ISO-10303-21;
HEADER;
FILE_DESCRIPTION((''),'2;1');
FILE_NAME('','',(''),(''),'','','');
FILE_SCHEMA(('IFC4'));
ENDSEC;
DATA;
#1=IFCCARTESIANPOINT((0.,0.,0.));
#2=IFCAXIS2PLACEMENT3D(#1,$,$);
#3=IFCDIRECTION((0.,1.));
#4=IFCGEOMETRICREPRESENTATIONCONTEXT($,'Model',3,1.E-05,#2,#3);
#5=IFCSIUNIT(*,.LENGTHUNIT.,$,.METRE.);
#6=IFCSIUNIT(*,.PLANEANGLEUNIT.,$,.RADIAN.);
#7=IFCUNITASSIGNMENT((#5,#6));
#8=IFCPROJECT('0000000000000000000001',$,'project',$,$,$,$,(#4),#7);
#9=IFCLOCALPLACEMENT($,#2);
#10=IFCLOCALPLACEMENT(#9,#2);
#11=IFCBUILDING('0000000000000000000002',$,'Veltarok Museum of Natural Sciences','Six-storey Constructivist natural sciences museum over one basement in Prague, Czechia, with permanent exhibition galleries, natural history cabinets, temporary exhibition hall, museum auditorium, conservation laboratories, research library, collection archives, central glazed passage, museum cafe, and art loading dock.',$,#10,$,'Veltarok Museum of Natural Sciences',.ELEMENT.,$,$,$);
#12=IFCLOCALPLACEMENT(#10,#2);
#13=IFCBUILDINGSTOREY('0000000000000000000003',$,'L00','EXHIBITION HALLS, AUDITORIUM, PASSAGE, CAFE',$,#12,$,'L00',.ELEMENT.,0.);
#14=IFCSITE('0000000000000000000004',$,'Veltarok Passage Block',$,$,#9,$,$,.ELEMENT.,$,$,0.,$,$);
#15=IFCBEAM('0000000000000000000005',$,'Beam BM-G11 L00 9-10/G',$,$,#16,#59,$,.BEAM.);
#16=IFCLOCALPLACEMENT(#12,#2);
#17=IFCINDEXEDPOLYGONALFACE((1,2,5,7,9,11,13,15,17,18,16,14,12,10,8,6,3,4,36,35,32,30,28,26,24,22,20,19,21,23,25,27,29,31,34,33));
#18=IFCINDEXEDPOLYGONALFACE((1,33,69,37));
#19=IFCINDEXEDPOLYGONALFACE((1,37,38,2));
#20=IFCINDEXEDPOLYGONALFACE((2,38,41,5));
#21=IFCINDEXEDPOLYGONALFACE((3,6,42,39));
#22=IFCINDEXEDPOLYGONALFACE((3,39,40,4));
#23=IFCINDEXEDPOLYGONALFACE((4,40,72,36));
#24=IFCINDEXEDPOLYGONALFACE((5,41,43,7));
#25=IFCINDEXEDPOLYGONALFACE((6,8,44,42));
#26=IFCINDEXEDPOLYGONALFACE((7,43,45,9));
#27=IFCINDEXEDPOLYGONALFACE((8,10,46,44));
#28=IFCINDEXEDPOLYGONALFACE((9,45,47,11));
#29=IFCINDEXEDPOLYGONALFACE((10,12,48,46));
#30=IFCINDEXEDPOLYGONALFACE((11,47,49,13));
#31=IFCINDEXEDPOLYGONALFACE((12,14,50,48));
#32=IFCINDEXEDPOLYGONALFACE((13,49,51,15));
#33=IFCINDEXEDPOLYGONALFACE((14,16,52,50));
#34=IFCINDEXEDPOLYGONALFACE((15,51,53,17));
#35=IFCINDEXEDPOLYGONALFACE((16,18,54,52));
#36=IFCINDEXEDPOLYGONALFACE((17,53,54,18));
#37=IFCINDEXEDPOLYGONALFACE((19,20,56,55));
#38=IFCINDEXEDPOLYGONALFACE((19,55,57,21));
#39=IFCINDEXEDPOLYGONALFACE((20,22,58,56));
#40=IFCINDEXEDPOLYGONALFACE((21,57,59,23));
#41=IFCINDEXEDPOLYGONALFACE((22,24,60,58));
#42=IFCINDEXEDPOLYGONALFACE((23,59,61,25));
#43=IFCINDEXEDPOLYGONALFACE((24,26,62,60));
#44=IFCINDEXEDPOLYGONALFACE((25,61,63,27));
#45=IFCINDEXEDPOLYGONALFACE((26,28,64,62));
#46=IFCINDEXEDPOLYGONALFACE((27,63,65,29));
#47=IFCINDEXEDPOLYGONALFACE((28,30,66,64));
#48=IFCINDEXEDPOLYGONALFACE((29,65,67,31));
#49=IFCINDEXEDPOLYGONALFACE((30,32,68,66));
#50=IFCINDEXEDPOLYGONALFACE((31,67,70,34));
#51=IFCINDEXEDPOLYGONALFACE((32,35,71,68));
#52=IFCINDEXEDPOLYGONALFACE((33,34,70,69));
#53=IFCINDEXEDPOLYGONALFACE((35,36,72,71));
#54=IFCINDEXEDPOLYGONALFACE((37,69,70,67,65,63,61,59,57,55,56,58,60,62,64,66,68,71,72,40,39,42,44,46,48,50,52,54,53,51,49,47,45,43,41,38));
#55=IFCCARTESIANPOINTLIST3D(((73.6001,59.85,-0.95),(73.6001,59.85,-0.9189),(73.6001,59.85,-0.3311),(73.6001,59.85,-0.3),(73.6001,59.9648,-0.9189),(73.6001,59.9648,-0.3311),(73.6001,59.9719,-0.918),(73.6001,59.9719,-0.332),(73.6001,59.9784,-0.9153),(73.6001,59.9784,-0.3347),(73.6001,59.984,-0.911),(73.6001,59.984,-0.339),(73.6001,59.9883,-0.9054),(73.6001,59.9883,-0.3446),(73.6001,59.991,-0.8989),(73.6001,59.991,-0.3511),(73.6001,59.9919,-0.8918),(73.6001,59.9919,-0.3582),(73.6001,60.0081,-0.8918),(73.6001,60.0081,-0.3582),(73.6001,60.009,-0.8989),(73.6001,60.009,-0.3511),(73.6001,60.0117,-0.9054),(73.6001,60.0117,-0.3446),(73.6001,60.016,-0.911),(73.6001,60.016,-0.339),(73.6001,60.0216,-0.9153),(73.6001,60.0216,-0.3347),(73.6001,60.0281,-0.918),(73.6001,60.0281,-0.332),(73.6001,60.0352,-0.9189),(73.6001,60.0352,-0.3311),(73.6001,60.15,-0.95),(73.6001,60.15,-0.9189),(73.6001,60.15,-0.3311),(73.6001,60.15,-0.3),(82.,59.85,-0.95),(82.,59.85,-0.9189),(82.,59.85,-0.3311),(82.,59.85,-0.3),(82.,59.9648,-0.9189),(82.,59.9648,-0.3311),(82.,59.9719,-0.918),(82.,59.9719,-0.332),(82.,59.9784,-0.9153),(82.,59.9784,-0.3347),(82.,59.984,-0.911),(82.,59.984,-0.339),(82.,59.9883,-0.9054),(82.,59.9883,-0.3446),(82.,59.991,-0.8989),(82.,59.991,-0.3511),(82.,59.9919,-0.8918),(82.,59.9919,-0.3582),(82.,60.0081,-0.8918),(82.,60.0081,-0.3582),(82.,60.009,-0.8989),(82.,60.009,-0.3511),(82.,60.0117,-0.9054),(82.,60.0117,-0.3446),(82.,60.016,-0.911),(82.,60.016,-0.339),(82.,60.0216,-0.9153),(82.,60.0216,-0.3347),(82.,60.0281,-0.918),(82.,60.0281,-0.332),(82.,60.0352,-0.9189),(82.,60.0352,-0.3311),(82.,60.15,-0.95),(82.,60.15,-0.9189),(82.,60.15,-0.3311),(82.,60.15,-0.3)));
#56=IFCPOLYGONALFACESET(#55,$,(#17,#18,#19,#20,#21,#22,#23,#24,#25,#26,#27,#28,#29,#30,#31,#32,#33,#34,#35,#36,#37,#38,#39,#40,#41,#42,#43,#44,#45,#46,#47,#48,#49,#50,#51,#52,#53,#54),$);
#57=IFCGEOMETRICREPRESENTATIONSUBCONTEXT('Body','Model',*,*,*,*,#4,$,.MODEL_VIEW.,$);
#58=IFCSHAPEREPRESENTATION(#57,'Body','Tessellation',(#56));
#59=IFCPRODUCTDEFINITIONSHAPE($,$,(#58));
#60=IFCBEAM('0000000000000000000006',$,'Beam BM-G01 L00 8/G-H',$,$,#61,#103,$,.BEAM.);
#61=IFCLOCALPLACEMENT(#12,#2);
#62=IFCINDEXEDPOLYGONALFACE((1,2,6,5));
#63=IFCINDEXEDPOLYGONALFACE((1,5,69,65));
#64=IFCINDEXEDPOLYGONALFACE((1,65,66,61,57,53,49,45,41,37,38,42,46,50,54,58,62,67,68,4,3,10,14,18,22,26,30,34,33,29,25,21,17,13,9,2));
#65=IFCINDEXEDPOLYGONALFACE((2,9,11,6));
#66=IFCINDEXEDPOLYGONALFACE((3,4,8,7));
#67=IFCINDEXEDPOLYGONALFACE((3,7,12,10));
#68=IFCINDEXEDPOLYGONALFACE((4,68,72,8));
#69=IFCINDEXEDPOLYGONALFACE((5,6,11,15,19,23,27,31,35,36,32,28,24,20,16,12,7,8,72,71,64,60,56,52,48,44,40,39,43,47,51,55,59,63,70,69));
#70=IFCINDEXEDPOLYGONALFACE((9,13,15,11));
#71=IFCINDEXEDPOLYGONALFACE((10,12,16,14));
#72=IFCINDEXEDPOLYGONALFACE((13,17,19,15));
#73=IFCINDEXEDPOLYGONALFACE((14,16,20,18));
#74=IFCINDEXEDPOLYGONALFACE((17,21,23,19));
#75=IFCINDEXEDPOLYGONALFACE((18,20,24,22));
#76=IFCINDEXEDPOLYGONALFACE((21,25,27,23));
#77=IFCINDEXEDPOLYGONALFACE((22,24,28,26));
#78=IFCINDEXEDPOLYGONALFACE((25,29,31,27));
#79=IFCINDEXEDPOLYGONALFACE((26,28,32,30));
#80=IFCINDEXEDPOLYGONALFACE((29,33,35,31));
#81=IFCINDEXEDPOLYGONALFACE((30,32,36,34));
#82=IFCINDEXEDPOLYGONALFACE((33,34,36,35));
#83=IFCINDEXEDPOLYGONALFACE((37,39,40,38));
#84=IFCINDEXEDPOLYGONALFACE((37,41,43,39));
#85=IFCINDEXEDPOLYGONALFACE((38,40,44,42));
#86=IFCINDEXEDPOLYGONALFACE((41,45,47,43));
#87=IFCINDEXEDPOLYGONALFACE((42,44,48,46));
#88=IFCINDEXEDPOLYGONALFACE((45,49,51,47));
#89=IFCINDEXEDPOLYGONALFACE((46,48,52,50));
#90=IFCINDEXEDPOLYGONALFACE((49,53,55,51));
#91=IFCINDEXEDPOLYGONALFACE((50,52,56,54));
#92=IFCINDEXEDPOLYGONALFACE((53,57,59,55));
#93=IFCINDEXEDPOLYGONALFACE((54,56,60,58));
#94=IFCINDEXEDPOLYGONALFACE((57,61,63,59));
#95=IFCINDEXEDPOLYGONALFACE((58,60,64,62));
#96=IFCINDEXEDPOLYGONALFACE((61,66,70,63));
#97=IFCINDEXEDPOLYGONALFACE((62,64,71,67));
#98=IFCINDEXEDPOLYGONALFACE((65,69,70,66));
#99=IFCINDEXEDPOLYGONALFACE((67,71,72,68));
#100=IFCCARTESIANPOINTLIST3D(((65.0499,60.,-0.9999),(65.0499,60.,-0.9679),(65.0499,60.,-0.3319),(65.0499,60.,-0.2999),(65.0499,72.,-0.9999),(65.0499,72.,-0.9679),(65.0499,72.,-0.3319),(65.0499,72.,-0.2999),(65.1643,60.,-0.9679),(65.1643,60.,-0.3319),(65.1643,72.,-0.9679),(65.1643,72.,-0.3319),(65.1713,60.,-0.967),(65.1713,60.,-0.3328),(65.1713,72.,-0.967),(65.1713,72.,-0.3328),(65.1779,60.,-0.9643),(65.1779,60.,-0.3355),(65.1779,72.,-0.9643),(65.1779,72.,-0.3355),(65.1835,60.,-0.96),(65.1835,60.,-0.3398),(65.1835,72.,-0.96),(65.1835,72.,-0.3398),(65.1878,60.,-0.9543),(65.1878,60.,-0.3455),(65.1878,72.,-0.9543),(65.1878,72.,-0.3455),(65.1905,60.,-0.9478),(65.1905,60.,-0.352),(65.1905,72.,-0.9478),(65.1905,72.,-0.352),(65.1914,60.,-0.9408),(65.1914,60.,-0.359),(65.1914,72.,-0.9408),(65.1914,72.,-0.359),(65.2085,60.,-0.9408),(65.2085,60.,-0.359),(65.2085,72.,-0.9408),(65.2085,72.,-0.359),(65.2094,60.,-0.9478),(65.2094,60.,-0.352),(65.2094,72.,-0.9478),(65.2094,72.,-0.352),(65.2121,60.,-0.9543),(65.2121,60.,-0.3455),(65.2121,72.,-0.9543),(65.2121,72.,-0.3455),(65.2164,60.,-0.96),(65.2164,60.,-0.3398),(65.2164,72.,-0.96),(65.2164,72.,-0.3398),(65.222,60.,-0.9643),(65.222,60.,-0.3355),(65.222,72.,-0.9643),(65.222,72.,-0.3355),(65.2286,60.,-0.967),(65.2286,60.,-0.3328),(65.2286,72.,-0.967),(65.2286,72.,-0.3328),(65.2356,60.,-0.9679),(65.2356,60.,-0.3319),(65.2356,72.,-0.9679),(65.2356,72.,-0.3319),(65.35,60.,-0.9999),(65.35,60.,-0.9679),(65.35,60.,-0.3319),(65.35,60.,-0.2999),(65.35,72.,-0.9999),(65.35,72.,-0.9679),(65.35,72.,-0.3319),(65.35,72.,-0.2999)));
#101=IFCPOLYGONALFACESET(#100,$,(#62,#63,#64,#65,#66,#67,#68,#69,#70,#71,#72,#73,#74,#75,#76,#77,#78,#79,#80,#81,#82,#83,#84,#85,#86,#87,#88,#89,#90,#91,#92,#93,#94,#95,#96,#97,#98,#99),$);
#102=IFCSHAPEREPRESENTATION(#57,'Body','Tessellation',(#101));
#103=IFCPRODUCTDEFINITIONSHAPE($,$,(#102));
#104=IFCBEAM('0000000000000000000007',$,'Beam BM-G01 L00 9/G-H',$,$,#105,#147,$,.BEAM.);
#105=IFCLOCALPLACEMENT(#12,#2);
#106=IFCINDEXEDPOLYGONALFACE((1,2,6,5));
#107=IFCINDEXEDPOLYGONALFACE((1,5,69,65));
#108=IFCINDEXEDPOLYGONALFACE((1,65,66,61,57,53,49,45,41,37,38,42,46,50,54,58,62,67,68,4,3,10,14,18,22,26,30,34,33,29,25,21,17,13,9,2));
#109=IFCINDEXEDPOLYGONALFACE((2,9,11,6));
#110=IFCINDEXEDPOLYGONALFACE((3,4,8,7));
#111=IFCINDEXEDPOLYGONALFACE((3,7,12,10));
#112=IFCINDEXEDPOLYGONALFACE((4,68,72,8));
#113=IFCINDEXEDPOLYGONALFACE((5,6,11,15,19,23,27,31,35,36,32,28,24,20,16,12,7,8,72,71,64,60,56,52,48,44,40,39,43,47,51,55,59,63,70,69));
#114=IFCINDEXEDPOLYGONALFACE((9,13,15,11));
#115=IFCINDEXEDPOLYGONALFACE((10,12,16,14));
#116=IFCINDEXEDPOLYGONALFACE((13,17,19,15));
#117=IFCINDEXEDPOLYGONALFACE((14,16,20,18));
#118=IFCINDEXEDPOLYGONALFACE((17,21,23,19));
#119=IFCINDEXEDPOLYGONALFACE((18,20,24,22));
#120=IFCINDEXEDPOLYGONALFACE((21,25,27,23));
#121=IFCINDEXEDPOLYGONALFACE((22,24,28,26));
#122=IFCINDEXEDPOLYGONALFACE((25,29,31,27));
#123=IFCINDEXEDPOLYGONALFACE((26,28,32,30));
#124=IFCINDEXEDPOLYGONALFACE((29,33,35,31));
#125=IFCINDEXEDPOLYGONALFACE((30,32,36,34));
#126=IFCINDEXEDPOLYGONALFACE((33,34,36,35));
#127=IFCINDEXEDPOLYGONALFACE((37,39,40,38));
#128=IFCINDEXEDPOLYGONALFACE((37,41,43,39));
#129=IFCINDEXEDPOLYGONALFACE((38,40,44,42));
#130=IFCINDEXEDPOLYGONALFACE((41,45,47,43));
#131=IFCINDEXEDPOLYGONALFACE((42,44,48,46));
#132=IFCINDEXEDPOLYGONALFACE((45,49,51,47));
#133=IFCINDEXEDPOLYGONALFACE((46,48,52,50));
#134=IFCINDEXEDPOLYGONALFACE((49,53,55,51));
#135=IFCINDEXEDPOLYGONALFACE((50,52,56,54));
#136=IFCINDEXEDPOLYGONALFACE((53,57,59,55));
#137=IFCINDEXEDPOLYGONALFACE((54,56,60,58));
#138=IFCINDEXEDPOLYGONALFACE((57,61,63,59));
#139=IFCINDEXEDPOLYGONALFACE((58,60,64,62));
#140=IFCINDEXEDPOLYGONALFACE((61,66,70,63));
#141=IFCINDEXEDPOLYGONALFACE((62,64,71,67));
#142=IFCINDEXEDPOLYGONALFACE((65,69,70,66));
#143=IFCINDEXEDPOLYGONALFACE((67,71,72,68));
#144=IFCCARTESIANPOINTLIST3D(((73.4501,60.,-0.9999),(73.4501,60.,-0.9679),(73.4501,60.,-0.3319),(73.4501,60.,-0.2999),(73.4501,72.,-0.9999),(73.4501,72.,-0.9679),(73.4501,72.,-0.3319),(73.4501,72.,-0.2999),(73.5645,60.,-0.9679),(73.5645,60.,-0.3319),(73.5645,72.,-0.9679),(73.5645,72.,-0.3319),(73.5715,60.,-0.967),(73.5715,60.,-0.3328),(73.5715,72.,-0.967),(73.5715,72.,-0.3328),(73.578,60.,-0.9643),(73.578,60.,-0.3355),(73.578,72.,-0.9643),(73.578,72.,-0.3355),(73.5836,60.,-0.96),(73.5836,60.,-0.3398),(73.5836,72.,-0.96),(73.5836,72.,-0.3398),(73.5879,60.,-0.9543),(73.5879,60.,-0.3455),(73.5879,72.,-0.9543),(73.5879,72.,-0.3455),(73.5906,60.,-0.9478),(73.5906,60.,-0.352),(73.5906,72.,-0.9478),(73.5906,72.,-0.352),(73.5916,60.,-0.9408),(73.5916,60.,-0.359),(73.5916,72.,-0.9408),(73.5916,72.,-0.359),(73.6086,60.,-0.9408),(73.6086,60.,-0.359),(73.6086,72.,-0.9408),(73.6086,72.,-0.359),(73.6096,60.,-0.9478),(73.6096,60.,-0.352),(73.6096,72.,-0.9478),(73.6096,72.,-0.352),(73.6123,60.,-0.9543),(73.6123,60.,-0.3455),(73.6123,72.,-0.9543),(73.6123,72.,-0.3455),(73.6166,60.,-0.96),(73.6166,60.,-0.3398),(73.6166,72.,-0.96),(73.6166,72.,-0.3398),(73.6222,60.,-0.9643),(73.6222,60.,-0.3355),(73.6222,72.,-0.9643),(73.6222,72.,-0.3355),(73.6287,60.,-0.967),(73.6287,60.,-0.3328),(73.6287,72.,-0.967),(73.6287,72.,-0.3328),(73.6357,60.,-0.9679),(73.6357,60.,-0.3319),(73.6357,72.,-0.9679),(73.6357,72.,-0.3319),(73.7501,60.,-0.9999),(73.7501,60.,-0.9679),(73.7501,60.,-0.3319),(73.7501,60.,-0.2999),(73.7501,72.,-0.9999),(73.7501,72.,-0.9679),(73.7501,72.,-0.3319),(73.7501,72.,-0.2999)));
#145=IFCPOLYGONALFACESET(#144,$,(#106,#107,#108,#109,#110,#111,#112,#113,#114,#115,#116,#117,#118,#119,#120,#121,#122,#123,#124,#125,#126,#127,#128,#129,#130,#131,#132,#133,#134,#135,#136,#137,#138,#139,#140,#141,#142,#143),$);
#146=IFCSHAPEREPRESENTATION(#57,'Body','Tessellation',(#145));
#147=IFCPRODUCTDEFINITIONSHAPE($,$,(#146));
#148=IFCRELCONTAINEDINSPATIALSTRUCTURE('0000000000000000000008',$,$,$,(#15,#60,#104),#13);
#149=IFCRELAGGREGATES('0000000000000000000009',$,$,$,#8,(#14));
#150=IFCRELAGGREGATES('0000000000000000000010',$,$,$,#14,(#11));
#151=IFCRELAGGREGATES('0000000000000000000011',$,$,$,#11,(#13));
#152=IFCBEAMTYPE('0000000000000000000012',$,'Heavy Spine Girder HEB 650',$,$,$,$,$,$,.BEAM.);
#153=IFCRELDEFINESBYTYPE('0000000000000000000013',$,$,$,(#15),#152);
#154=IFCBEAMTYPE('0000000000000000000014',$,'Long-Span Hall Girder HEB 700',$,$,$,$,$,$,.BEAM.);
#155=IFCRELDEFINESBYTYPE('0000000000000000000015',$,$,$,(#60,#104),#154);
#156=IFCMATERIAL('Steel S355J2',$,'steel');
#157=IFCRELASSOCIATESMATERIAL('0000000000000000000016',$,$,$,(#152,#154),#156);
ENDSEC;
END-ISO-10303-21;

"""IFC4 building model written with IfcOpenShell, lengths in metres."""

from ifc_helpers import new_model, si_unit, direction, frame, origin, origin_2d, place, context, subcontext, project, spatial, i_section, extrude, material, material_profile, profile_set, type_object, element, save


model = new_model("IFC4")

# Units and contexts
model_context = context("Model", 3, precision=1e-05, world=origin(), true_north=direction((0.0, 1.0)))
body_context = subcontext(model_context, "Body", "Model", "MODEL_VIEW")
ifc_project = project(units=[si_unit("LENGTHUNIT", "METRE"), si_unit("PLANEANGLEUNIT", "RADIAN")], contexts=[model_context])

# Site, building, storey
site_placement = place(None, origin())
site = spatial("IfcSite", under=ifc_project, at=site_placement, Name="Veltarok Passage Block", CompositionType="ELEMENT", RefElevation=0.0)
building_placement = place(site_placement, origin())
building = spatial("IfcBuilding", under=site, at=building_placement, Name="Veltarok Museum of Natural Sciences", Description="Six-storey Constructivist natural sciences museum over one basement in Prague, Czechia, with permanent exhibition galleries, natural history cabinets, temporary exhibition hall, museum auditorium, conservation laboratories, research library, collection archives, central glazed passage, museum cafe, and art loading dock.", LongName="Veltarok Museum of Natural Sciences", CompositionType="ELEMENT")
storey_placement = place(building_placement, origin())
storey = spatial("IfcBuildingStorey", under=building, at=storey_placement, Name="L00", Description="EXHIBITION HALLS, AUDITORIUM, PASSAGE, CAFE", LongName="L00", CompositionType="ELEMENT", Elevation=0.0)

# Shared definitions
ifc_material_1 = material(Name="Steel S355J2", Category="steel")

# Beams
ifc_material_profile_1 = material_profile(ifc_material_1, i_section(OverallWidth=0.3, OverallDepth=0.6499, WebThickness=0.0161, FlangeThickness=0.031, FilletRadius=0.0271, at=origin_2d()), Name="HEB 650")
ifc_profile_set_1 = profile_set([ifc_material_profile_1], Name="Steel S355J2")
beam_type_1 = type_object("IfcBeamType", Name="Heavy Spine Girder HEB 650", PredefinedType="BEAM", material=ifc_profile_set_1)
beam_1_placement = place(storey_placement, frame((73.6001, 60.0, -0.625), z_axis=(1.0, 0.0, 0.0), x_axis=(0.0, 1.0, 0.0)))
element("IfcBeam", 1, at=beam_1_placement, inside=storey, type_object=beam_type_1, Name="Beam BM-G11 L00 9-10/G", PredefinedType="BEAM", context=body_context, shape_type="SweptSolid", body=[
    extrude(i_section(OverallWidth=0.3, OverallDepth=0.6499, WebThickness=0.0161, FlangeThickness=0.031, FilletRadius=0.0271, at=origin_2d()), origin(), (0.0, 0.0, 1.0), 8.3999),
])
ifc_material_profile_2 = material_profile(ifc_material_1, i_section(OverallWidth=0.3, OverallDepth=0.7, WebThickness=0.0171, FlangeThickness=0.032, FilletRadius=0.0271, at=origin_2d()), Name="HEB 700")
ifc_profile_set_2 = profile_set([ifc_material_profile_2], Name="Steel S355J2")
beam_type_2 = type_object("IfcBeamType", Name="Long-Span Hall Girder HEB 700", PredefinedType="BEAM", material=ifc_profile_set_2)
for number, where, z_axis, x_axis, name in (
    (2, (65.2, 60.0, -0.6499), (0.0, 1.0, 0.0), (-1.0, 0.0, 0.0), "Beam BM-G01 L00 8/G-H"),
    (3, (73.6001, 60.0, -0.6499), (0.0, 1.0, 0.0), (-1.0, 0.0, 0.0), "Beam BM-G01 L00 9/G-H"),
):
    element("IfcBeam", number, at=place(storey_placement, frame(where, z_axis=z_axis, x_axis=x_axis)), inside=storey, type_object=beam_type_2, Name=name, PredefinedType="BEAM", context=body_context, shape_type="SweptSolid", body=[
        extrude(i_section(OverallWidth=0.3, OverallDepth=0.7, WebThickness=0.0171, FlangeThickness=0.032, FilletRadius=0.0271, at=origin_2d()), origin(), (0.0, 0.0, 1.0), 12.0),
    ])

save(model, "model.ifc")
